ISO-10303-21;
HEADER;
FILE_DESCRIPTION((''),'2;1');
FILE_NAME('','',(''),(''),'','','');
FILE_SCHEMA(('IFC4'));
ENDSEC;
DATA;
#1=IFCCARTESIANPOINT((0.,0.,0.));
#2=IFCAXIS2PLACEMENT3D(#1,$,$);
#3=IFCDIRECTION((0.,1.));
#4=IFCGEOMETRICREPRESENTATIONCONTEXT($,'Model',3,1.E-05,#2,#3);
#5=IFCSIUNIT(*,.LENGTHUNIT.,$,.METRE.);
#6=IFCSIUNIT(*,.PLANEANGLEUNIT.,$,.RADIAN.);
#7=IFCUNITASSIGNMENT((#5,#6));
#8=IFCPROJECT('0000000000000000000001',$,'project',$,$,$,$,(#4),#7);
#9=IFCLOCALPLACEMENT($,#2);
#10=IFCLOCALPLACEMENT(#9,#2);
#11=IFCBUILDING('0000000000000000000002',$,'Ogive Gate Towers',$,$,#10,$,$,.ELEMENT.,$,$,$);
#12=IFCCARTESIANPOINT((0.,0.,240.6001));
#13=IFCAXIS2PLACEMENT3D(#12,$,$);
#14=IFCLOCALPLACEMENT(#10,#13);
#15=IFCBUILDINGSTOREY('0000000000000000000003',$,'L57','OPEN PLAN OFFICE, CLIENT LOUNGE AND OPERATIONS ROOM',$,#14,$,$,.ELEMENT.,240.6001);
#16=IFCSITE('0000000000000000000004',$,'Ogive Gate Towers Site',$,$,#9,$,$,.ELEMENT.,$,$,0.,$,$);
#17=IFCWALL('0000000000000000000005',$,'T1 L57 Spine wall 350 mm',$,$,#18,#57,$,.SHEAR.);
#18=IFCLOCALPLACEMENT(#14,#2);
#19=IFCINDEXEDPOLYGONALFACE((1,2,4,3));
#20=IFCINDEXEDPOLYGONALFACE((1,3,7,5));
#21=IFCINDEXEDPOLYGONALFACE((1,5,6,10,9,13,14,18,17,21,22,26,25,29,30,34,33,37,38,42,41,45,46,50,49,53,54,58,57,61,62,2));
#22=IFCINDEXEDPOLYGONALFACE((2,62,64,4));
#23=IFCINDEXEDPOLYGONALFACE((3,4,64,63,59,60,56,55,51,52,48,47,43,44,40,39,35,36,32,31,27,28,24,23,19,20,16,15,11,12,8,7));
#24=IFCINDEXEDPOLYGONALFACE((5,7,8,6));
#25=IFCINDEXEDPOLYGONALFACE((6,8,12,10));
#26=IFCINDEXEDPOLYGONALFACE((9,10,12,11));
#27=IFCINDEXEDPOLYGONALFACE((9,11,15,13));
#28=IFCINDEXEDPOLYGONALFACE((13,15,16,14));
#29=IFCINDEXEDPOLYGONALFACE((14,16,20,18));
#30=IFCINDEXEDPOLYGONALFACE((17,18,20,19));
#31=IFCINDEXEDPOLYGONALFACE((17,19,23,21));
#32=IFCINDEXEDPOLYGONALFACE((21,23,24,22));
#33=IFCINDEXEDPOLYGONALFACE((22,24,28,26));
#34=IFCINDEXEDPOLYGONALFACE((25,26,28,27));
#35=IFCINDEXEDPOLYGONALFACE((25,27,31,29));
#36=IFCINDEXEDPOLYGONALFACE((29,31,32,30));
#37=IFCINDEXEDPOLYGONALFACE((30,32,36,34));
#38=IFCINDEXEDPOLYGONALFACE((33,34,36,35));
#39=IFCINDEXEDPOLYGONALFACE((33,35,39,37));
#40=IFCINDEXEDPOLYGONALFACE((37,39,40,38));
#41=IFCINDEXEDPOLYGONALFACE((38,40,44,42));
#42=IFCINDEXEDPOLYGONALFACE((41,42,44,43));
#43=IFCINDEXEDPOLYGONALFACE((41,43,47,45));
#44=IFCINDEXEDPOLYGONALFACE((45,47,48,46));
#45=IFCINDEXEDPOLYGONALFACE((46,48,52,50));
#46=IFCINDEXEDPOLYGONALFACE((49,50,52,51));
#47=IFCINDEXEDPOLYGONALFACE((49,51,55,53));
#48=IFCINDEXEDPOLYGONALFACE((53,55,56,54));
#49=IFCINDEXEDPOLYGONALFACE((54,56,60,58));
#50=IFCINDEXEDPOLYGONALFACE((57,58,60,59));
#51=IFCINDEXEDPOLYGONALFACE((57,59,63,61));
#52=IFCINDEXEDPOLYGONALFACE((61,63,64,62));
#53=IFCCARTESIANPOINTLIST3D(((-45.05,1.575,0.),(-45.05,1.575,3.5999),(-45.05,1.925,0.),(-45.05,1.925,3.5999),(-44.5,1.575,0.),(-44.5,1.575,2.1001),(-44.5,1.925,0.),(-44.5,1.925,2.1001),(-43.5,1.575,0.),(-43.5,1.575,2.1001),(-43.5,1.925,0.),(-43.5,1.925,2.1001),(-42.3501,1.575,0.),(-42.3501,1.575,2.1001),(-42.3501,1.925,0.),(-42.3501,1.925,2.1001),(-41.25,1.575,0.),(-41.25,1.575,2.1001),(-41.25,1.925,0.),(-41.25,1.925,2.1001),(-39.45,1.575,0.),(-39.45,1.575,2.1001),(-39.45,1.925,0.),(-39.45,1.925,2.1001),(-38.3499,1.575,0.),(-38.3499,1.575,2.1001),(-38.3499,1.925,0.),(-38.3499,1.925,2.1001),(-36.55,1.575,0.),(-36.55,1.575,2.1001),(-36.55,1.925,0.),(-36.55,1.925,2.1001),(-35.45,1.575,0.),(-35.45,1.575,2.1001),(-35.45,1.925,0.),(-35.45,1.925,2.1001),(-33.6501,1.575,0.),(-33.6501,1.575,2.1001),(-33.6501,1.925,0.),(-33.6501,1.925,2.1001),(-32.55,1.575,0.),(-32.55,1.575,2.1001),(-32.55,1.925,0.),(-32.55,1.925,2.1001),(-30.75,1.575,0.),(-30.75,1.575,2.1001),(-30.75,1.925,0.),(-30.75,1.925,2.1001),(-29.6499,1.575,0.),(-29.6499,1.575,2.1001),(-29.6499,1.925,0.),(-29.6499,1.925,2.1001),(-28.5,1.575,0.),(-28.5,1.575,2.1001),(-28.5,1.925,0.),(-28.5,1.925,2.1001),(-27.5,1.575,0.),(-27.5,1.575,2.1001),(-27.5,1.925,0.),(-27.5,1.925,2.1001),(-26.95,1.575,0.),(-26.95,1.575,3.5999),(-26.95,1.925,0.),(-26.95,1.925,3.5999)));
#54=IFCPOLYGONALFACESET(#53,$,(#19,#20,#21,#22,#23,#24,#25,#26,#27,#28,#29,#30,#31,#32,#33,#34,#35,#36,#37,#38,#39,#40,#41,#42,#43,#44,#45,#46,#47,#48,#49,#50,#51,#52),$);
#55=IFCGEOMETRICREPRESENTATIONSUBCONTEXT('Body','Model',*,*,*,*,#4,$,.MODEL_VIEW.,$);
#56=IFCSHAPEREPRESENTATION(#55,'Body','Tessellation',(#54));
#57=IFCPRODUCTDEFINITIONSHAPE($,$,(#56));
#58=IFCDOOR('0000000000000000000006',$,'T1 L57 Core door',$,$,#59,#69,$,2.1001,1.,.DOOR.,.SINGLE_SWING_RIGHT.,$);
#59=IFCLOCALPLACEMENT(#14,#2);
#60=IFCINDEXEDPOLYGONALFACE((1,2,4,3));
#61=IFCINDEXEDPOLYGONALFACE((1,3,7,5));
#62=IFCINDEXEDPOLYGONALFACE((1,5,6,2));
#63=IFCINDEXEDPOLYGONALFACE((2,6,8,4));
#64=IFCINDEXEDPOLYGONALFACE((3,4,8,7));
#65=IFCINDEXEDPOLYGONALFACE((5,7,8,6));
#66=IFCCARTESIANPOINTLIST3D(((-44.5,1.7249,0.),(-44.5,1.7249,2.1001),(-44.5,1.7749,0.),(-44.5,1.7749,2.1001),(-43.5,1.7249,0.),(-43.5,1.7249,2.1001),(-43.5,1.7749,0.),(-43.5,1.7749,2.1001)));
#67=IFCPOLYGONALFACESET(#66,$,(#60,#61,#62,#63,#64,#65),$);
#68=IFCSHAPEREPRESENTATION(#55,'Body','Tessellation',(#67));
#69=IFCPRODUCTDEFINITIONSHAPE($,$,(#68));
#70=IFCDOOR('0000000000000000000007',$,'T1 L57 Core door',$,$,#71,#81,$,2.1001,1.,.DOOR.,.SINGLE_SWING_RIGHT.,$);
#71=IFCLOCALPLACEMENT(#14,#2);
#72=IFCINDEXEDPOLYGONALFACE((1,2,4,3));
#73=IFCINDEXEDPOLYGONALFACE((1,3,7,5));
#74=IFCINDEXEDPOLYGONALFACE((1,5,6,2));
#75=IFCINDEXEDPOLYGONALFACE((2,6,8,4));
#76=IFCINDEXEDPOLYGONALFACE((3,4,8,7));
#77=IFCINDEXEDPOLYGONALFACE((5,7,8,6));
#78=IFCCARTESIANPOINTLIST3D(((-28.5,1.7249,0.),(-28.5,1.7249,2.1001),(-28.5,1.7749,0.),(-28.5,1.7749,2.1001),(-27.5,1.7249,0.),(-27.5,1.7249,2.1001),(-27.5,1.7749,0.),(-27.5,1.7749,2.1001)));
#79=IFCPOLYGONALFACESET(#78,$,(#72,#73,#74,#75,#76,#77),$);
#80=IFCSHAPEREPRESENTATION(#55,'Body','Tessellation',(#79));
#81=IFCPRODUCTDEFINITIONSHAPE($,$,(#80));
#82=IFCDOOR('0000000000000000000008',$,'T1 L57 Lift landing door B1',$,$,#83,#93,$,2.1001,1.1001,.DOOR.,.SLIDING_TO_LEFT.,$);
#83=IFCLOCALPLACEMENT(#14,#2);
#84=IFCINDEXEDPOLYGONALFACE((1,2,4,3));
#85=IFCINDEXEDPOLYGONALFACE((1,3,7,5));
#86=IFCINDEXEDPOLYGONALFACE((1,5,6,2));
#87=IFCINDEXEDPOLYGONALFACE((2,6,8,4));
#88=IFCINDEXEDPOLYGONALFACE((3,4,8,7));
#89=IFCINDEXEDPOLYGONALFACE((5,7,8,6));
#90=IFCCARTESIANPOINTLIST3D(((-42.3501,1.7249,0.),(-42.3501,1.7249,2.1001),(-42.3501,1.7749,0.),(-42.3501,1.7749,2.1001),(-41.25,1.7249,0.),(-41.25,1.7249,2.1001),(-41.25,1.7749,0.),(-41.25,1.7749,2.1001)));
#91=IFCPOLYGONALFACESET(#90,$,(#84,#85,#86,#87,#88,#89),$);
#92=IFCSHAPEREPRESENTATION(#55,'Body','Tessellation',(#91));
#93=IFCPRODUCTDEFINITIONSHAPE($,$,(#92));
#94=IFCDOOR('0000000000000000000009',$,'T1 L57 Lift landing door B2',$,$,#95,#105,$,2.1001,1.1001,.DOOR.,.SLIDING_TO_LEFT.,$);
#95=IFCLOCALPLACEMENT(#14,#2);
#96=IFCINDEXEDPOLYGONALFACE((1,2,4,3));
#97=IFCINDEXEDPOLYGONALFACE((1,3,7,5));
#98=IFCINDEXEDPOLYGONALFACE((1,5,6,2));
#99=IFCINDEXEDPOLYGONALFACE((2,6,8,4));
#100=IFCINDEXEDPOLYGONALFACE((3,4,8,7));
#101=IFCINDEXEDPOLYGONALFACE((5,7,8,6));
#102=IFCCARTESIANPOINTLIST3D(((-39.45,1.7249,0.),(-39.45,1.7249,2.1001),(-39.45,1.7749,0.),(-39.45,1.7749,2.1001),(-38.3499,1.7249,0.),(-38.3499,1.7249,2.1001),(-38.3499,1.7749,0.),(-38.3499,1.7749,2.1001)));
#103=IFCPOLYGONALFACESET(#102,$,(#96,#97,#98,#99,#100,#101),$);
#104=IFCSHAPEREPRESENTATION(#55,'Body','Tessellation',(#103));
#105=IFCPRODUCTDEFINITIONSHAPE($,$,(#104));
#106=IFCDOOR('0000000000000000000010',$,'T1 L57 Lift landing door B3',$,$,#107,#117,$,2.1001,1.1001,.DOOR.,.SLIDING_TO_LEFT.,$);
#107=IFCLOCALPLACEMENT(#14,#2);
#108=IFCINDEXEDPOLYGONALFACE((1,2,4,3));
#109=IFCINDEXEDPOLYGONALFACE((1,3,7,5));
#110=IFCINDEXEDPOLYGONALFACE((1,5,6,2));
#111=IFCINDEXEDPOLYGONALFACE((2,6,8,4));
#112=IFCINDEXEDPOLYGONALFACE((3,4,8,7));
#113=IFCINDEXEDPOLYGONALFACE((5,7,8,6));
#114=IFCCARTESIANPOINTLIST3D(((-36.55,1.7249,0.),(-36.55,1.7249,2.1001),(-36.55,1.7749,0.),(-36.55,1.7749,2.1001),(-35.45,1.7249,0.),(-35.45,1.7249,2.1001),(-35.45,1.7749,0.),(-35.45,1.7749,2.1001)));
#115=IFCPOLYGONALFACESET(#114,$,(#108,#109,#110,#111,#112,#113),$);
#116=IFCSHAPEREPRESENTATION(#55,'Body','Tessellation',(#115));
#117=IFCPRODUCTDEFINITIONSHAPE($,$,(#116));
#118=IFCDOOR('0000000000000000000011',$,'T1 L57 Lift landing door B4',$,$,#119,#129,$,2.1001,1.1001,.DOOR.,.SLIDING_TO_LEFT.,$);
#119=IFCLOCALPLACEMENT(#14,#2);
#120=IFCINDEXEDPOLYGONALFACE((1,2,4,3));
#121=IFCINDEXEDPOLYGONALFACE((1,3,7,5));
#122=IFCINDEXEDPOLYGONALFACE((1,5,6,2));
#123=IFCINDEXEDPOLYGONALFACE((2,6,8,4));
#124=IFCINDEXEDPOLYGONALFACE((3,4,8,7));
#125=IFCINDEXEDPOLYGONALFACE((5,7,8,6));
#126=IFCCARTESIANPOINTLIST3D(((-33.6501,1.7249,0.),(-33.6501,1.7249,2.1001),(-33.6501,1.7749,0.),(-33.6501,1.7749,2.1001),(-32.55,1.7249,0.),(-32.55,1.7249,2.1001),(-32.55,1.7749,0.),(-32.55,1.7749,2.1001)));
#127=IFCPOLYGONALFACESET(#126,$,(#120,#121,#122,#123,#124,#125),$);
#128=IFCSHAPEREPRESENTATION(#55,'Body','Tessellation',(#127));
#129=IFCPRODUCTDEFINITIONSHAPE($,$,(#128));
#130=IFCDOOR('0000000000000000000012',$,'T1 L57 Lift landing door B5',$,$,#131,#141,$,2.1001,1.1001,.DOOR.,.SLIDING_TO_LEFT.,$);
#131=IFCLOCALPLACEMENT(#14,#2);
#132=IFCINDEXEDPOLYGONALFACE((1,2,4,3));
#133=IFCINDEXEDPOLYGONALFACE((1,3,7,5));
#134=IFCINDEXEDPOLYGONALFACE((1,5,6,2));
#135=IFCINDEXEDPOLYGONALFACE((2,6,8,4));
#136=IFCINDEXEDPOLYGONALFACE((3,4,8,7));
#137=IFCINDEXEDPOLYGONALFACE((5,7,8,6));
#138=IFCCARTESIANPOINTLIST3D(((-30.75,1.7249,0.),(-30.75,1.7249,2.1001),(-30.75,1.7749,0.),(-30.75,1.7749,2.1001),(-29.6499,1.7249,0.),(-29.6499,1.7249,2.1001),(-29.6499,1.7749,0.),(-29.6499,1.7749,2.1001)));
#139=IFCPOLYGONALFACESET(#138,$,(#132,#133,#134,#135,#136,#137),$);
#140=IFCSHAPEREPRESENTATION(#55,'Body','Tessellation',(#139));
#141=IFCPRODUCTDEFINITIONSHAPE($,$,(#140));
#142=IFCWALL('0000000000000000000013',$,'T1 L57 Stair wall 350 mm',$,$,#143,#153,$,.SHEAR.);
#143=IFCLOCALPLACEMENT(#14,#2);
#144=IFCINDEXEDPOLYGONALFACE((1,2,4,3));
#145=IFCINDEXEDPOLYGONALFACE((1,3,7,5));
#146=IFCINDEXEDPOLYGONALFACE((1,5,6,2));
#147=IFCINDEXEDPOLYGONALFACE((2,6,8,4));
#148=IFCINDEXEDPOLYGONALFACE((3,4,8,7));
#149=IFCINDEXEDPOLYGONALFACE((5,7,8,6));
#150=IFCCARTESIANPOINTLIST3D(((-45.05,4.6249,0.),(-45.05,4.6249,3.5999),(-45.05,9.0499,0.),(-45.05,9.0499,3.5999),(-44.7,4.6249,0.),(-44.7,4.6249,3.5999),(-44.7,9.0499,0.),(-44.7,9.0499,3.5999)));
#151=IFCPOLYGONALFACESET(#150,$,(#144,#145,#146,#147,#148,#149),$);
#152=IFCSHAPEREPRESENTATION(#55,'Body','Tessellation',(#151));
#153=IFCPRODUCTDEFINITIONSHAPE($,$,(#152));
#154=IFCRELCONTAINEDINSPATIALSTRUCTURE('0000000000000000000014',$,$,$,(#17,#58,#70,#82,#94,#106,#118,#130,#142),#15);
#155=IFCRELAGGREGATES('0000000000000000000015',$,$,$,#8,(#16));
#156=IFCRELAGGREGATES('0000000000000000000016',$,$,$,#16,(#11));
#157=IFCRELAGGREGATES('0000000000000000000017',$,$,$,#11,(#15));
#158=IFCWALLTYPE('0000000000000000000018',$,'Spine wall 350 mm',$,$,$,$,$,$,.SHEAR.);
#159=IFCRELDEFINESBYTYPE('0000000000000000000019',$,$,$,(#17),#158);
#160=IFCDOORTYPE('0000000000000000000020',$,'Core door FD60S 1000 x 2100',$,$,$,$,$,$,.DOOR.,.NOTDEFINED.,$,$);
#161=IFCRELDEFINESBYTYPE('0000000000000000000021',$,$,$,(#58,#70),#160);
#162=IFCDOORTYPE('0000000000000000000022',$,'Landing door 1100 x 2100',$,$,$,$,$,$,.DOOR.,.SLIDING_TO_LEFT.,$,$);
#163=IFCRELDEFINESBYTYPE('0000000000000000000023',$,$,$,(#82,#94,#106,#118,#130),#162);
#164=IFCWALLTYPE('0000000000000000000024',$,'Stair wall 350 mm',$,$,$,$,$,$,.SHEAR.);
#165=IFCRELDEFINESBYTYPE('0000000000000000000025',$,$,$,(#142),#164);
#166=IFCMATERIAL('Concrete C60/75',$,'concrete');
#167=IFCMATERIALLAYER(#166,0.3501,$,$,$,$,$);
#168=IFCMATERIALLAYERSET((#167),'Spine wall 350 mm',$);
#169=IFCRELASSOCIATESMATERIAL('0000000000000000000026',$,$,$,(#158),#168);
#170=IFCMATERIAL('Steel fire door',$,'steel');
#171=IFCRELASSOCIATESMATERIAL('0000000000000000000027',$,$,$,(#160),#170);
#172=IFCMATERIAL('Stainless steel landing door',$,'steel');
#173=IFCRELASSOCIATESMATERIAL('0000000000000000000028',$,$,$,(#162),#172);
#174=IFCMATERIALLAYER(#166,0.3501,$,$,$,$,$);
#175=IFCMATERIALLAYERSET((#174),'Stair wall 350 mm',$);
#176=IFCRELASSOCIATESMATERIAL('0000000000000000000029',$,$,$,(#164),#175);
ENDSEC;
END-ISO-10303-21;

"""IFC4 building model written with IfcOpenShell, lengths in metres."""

from ifc_helpers import new_model, si_unit, direction, frame, frame_2d, origin, place, context, subcontext, project, spatial, rectangle, extrude, material, layer, layer_set, type_object, element, fill, save


model = new_model("IFC4")

# Units and contexts
model_context = context("Model", 3, precision=1e-05, world=origin(), true_north=direction((0.0, 1.0)))
body_context = subcontext(model_context, "Body", "Model", "MODEL_VIEW")
ifc_project = project(units=[si_unit("LENGTHUNIT", "METRE"), si_unit("PLANEANGLEUNIT", "RADIAN")], contexts=[model_context])

# Site, building, storey
site_placement = place(None, origin())
site = spatial("IfcSite", under=ifc_project, at=site_placement, Name="Ogive Gate Towers Site", CompositionType="ELEMENT", RefElevation=0.0)
building_placement = place(site_placement, origin())
building = spatial("IfcBuilding", under=site, at=building_placement, Name="Ogive Gate Towers", CompositionType="ELEMENT")
storey_placement = place(building_placement, frame((0.0, 0.0, 240.6001)))
storey = spatial("IfcBuildingStorey", under=building, at=storey_placement, Name="L57", Description="OPEN PLAN OFFICE, CLIENT LOUNGE AND OPERATIONS ROOM", CompositionType="ELEMENT", Elevation=240.6001)

# Wall, openings, doors
ifc_material_1 = material(Name="Concrete C60/75", Category="concrete")
ifc_layer_1 = layer(ifc_material_1, 0.3501)
ifc_layer_set_1 = layer_set([ifc_layer_1], Name="Spine wall 350 mm")
wall_type_1 = type_object("IfcWallType", Name="Spine wall 350 mm", PredefinedType="SHEAR", material=ifc_layer_set_1)
ifc_material_2 = material(Name="Steel fire door", Category="steel")
door_type_1 = type_object("IfcDoorType", Name="Core door FD60S 1000 x 2100", OperationType="NOTDEFINED", PredefinedType="DOOR", material=ifc_material_2)
ifc_material_3 = material(Name="Stainless steel landing door", Category="steel")
door_type_2 = type_object("IfcDoorType", Name="Landing door 1100 x 2100", OperationType="SLIDING_TO_LEFT", PredefinedType="DOOR", material=ifc_material_3)
wall_1_placement = place(storey_placement, frame((-45.05, 1.75, 0.0), z_axis=(0.0, 0.0, 1.0), x_axis=(1.0, 0.0, 0.0)))
wall_1 = element("IfcWall", 1, at=wall_1_placement, inside=storey, type_object=wall_type_1, Name="T1 L57 Spine wall 350 mm", PredefinedType="SHEAR", context=body_context, shape_type="SweptSolid", body=[
    extrude(rectangle(XDim=18.1001, YDim=0.3501, at=frame_2d((9.05, 0.0))), origin(), (0.0, 0.0, 1.0), 3.5999),
])
opening_1_placement = place(wall_1_placement, frame((0.55, 0.0, 0.0)))
opening_1 = element("IfcOpeningElement", 2, at=opening_1_placement, cuts=wall_1, PredefinedType="OPENING", context=body_context, shape_type="SweptSolid", body=[
    extrude(rectangle(XDim=1.0, YDim=2.1001, at=frame_2d((0.5, 1.05))), frame((0.0, 0.1851, 0.0), z_axis=(0.0, -1.0, 0.0), x_axis=(1.0, 0.0, 0.0)), (0.0, 0.0, 1.0), 0.3701),
])
opening_2_placement = place(wall_1_placement, frame((2.7, 0.0, 0.0)))
opening_2 = element("IfcOpeningElement", 3, at=opening_2_placement, cuts=wall_1, PredefinedType="OPENING", context=body_context, shape_type="SweptSolid", body=[
    extrude(rectangle(XDim=1.1001, YDim=2.1001, at=frame_2d((0.55, 1.05))), frame((0.0, 0.1851, 0.0), z_axis=(0.0, -1.0, 0.0), x_axis=(1.0, 0.0, 0.0)), (0.0, 0.0, 1.0), 0.3701),
])
opening_3_placement = place(wall_1_placement, frame((5.6001, 0.0, 0.0)))
opening_3 = element("IfcOpeningElement", 4, at=opening_3_placement, cuts=wall_1, PredefinedType="OPENING", context=body_context, shape_type="SweptSolid", body=[
    extrude(rectangle(XDim=1.1001, YDim=2.1001, at=frame_2d((0.55, 1.05))), frame((0.0, 0.1851, 0.0), z_axis=(0.0, -1.0, 0.0), x_axis=(1.0, 0.0, 0.0)), (0.0, 0.0, 1.0), 0.3701),
])
opening_4_placement = place(wall_1_placement, frame((8.5, 0.0, 0.0)))
opening_4 = element("IfcOpeningElement", 5, at=opening_4_placement, cuts=wall_1, PredefinedType="OPENING", context=body_context, shape_type="SweptSolid", body=[
    extrude(rectangle(XDim=1.1001, YDim=2.1001, at=frame_2d((0.55, 1.05))), frame((0.0, 0.1851, 0.0), z_axis=(0.0, -1.0, 0.0), x_axis=(1.0, 0.0, 0.0)), (0.0, 0.0, 1.0), 0.3701),
])
opening_5_placement = place(wall_1_placement, frame((11.3999, 0.0, 0.0)))
opening_5 = element("IfcOpeningElement", 6, at=opening_5_placement, cuts=wall_1, PredefinedType="OPENING", context=body_context, shape_type="SweptSolid", body=[
    extrude(rectangle(XDim=1.1001, YDim=2.1001, at=frame_2d((0.55, 1.05))), frame((0.0, 0.1851, 0.0), z_axis=(0.0, -1.0, 0.0), x_axis=(1.0, 0.0, 0.0)), (0.0, 0.0, 1.0), 0.3701),
])
opening_6_placement = place(wall_1_placement, frame((14.3, 0.0, 0.0)))
opening_6 = element("IfcOpeningElement", 7, at=opening_6_placement, cuts=wall_1, PredefinedType="OPENING", context=body_context, shape_type="SweptSolid", body=[
    extrude(rectangle(XDim=1.1001, YDim=2.1001, at=frame_2d((0.55, 1.05))), frame((0.0, 0.1851, 0.0), z_axis=(0.0, -1.0, 0.0), x_axis=(1.0, 0.0, 0.0)), (0.0, 0.0, 1.0), 0.3701),
])
opening_7_placement = place(wall_1_placement, frame((16.55, 0.0, 0.0)))
opening_7 = element("IfcOpeningElement", 8, at=opening_7_placement, cuts=wall_1, PredefinedType="OPENING", context=body_context, shape_type="SweptSolid", body=[
    extrude(rectangle(XDim=1.0, YDim=2.1001, at=frame_2d((0.5, 1.05))), frame((0.0, 0.1851, 0.0), z_axis=(0.0, -1.0, 0.0), x_axis=(1.0, 0.0, 0.0)), (0.0, 0.0, 1.0), 0.3701),
])
door_1_placement = place(opening_1_placement, origin())
door_1 = element("IfcDoor", 9, at=door_1_placement, inside=storey, type_object=door_type_1, Name="T1 L57 Core door", OperationType="SINGLE_SWING_RIGHT", OverallHeight=2.1001, OverallWidth=1.0, PredefinedType="DOOR", context=body_context, shape_type="SweptSolid", body=[
    extrude(rectangle(XDim=1.0, YDim=2.1001, at=frame_2d((0.5, 1.05))), frame((0.0, 0.0249, 0.0), z_axis=(0.0, -1.0, 0.0), x_axis=(1.0, 0.0, 0.0)), (0.0, 0.0, 1.0), 0.05),
])
fill(opening_1, door_1)
door_2_placement = place(opening_7_placement, origin())
door_2 = element("IfcDoor", 10, at=door_2_placement, inside=storey, type_object=door_type_1, Name="T1 L57 Core door", OperationType="SINGLE_SWING_RIGHT", OverallHeight=2.1001, OverallWidth=1.0, PredefinedType="DOOR", context=body_context, shape_type="SweptSolid", body=[
    extrude(rectangle(XDim=1.0, YDim=2.1001, at=frame_2d((0.5, 1.05))), frame((0.0, 0.0249, 0.0), z_axis=(0.0, -1.0, 0.0), x_axis=(1.0, 0.0, 0.0)), (0.0, 0.0, 1.0), 0.05),
])
fill(opening_7, door_2)
door_3_placement = place(opening_2_placement, origin())
door_3 = element("IfcDoor", 11, at=door_3_placement, inside=storey, type_object=door_type_2, Name="T1 L57 Lift landing door B1", OperationType="SLIDING_TO_LEFT", OverallHeight=2.1001, OverallWidth=1.1001, PredefinedType="DOOR", context=body_context, shape_type="SweptSolid", body=[
    extrude(rectangle(XDim=1.1001, YDim=2.1001, at=frame_2d((0.55, 1.05))), frame((0.0, 0.0249, 0.0), z_axis=(0.0, -1.0, 0.0), x_axis=(1.0, 0.0, 0.0)), (0.0, 0.0, 1.0), 0.05),
])
fill(opening_2, door_3)
door_4_placement = place(opening_3_placement, origin())
door_4 = element("IfcDoor", 12, at=door_4_placement, inside=storey, type_object=door_type_2, Name="T1 L57 Lift landing door B2", OperationType="SLIDING_TO_LEFT", OverallHeight=2.1001, OverallWidth=1.1001, PredefinedType="DOOR", context=body_context, shape_type="SweptSolid", body=[
    extrude(rectangle(XDim=1.1001, YDim=2.1001, at=frame_2d((0.55, 1.05))), frame((0.0, 0.0249, 0.0), z_axis=(0.0, -1.0, 0.0), x_axis=(1.0, 0.0, 0.0)), (0.0, 0.0, 1.0), 0.05),
])
fill(opening_3, door_4)
door_5_placement = place(opening_4_placement, origin())
door_5 = element("IfcDoor", 13, at=door_5_placement, inside=storey, type_object=door_type_2, Name="T1 L57 Lift landing door B3", OperationType="SLIDING_TO_LEFT", OverallHeight=2.1001, OverallWidth=1.1001, PredefinedType="DOOR", context=body_context, shape_type="SweptSolid", body=[
    extrude(rectangle(XDim=1.1001, YDim=2.1001, at=frame_2d((0.55, 1.05))), frame((0.0, 0.0249, 0.0), z_axis=(0.0, -1.0, 0.0), x_axis=(1.0, 0.0, 0.0)), (0.0, 0.0, 1.0), 0.05),
])
fill(opening_4, door_5)
door_6_placement = place(opening_5_placement, origin())
door_6 = element("IfcDoor", 14, at=door_6_placement, inside=storey, type_object=door_type_2, Name="T1 L57 Lift landing door B4", OperationType="SLIDING_TO_LEFT", OverallHeight=2.1001, OverallWidth=1.1001, PredefinedType="DOOR", context=body_context, shape_type="SweptSolid", body=[
    extrude(rectangle(XDim=1.1001, YDim=2.1001, at=frame_2d((0.55, 1.05))), frame((0.0, 0.0249, 0.0), z_axis=(0.0, -1.0, 0.0), x_axis=(1.0, 0.0, 0.0)), (0.0, 0.0, 1.0), 0.05),
])
fill(opening_5, door_6)
door_7_placement = place(opening_6_placement, origin())
door_7 = element("IfcDoor", 15, at=door_7_placement, inside=storey, type_object=door_type_2, Name="T1 L57 Lift landing door B5", OperationType="SLIDING_TO_LEFT", OverallHeight=2.1001, OverallWidth=1.1001, PredefinedType="DOOR", context=body_context, shape_type="SweptSolid", body=[
    extrude(rectangle(XDim=1.1001, YDim=2.1001, at=frame_2d((0.55, 1.05))), frame((0.0, 0.0249, 0.0), z_axis=(0.0, -1.0, 0.0), x_axis=(1.0, 0.0, 0.0)), (0.0, 0.0, 1.0), 0.05),
])
fill(opening_6, door_7)

# Wall
ifc_layer_2 = layer(ifc_material_1, 0.3501)
ifc_layer_set_2 = layer_set([ifc_layer_2], Name="Stair wall 350 mm")
wall_type_2 = type_object("IfcWallType", Name="Stair wall 350 mm", PredefinedType="SHEAR", material=ifc_layer_set_2)
wall_2_placement = place(storey_placement, frame((-44.875, 4.625, 0.0), z_axis=(0.0, 0.0, 1.0), x_axis=(0.0, 1.0, 0.0)))
element("IfcWall", 16, at=wall_2_placement, inside=storey, type_object=wall_type_2, Name="T1 L57 Stair wall 350 mm", PredefinedType="SHEAR", context=body_context, shape_type="SweptSolid", body=[
    extrude(rectangle(XDim=4.425, YDim=0.3501, at=frame_2d((2.2124, 0.0))), origin(), (0.0, 0.0, 1.0), 3.5999),
])

save(model, "model.ifc")
